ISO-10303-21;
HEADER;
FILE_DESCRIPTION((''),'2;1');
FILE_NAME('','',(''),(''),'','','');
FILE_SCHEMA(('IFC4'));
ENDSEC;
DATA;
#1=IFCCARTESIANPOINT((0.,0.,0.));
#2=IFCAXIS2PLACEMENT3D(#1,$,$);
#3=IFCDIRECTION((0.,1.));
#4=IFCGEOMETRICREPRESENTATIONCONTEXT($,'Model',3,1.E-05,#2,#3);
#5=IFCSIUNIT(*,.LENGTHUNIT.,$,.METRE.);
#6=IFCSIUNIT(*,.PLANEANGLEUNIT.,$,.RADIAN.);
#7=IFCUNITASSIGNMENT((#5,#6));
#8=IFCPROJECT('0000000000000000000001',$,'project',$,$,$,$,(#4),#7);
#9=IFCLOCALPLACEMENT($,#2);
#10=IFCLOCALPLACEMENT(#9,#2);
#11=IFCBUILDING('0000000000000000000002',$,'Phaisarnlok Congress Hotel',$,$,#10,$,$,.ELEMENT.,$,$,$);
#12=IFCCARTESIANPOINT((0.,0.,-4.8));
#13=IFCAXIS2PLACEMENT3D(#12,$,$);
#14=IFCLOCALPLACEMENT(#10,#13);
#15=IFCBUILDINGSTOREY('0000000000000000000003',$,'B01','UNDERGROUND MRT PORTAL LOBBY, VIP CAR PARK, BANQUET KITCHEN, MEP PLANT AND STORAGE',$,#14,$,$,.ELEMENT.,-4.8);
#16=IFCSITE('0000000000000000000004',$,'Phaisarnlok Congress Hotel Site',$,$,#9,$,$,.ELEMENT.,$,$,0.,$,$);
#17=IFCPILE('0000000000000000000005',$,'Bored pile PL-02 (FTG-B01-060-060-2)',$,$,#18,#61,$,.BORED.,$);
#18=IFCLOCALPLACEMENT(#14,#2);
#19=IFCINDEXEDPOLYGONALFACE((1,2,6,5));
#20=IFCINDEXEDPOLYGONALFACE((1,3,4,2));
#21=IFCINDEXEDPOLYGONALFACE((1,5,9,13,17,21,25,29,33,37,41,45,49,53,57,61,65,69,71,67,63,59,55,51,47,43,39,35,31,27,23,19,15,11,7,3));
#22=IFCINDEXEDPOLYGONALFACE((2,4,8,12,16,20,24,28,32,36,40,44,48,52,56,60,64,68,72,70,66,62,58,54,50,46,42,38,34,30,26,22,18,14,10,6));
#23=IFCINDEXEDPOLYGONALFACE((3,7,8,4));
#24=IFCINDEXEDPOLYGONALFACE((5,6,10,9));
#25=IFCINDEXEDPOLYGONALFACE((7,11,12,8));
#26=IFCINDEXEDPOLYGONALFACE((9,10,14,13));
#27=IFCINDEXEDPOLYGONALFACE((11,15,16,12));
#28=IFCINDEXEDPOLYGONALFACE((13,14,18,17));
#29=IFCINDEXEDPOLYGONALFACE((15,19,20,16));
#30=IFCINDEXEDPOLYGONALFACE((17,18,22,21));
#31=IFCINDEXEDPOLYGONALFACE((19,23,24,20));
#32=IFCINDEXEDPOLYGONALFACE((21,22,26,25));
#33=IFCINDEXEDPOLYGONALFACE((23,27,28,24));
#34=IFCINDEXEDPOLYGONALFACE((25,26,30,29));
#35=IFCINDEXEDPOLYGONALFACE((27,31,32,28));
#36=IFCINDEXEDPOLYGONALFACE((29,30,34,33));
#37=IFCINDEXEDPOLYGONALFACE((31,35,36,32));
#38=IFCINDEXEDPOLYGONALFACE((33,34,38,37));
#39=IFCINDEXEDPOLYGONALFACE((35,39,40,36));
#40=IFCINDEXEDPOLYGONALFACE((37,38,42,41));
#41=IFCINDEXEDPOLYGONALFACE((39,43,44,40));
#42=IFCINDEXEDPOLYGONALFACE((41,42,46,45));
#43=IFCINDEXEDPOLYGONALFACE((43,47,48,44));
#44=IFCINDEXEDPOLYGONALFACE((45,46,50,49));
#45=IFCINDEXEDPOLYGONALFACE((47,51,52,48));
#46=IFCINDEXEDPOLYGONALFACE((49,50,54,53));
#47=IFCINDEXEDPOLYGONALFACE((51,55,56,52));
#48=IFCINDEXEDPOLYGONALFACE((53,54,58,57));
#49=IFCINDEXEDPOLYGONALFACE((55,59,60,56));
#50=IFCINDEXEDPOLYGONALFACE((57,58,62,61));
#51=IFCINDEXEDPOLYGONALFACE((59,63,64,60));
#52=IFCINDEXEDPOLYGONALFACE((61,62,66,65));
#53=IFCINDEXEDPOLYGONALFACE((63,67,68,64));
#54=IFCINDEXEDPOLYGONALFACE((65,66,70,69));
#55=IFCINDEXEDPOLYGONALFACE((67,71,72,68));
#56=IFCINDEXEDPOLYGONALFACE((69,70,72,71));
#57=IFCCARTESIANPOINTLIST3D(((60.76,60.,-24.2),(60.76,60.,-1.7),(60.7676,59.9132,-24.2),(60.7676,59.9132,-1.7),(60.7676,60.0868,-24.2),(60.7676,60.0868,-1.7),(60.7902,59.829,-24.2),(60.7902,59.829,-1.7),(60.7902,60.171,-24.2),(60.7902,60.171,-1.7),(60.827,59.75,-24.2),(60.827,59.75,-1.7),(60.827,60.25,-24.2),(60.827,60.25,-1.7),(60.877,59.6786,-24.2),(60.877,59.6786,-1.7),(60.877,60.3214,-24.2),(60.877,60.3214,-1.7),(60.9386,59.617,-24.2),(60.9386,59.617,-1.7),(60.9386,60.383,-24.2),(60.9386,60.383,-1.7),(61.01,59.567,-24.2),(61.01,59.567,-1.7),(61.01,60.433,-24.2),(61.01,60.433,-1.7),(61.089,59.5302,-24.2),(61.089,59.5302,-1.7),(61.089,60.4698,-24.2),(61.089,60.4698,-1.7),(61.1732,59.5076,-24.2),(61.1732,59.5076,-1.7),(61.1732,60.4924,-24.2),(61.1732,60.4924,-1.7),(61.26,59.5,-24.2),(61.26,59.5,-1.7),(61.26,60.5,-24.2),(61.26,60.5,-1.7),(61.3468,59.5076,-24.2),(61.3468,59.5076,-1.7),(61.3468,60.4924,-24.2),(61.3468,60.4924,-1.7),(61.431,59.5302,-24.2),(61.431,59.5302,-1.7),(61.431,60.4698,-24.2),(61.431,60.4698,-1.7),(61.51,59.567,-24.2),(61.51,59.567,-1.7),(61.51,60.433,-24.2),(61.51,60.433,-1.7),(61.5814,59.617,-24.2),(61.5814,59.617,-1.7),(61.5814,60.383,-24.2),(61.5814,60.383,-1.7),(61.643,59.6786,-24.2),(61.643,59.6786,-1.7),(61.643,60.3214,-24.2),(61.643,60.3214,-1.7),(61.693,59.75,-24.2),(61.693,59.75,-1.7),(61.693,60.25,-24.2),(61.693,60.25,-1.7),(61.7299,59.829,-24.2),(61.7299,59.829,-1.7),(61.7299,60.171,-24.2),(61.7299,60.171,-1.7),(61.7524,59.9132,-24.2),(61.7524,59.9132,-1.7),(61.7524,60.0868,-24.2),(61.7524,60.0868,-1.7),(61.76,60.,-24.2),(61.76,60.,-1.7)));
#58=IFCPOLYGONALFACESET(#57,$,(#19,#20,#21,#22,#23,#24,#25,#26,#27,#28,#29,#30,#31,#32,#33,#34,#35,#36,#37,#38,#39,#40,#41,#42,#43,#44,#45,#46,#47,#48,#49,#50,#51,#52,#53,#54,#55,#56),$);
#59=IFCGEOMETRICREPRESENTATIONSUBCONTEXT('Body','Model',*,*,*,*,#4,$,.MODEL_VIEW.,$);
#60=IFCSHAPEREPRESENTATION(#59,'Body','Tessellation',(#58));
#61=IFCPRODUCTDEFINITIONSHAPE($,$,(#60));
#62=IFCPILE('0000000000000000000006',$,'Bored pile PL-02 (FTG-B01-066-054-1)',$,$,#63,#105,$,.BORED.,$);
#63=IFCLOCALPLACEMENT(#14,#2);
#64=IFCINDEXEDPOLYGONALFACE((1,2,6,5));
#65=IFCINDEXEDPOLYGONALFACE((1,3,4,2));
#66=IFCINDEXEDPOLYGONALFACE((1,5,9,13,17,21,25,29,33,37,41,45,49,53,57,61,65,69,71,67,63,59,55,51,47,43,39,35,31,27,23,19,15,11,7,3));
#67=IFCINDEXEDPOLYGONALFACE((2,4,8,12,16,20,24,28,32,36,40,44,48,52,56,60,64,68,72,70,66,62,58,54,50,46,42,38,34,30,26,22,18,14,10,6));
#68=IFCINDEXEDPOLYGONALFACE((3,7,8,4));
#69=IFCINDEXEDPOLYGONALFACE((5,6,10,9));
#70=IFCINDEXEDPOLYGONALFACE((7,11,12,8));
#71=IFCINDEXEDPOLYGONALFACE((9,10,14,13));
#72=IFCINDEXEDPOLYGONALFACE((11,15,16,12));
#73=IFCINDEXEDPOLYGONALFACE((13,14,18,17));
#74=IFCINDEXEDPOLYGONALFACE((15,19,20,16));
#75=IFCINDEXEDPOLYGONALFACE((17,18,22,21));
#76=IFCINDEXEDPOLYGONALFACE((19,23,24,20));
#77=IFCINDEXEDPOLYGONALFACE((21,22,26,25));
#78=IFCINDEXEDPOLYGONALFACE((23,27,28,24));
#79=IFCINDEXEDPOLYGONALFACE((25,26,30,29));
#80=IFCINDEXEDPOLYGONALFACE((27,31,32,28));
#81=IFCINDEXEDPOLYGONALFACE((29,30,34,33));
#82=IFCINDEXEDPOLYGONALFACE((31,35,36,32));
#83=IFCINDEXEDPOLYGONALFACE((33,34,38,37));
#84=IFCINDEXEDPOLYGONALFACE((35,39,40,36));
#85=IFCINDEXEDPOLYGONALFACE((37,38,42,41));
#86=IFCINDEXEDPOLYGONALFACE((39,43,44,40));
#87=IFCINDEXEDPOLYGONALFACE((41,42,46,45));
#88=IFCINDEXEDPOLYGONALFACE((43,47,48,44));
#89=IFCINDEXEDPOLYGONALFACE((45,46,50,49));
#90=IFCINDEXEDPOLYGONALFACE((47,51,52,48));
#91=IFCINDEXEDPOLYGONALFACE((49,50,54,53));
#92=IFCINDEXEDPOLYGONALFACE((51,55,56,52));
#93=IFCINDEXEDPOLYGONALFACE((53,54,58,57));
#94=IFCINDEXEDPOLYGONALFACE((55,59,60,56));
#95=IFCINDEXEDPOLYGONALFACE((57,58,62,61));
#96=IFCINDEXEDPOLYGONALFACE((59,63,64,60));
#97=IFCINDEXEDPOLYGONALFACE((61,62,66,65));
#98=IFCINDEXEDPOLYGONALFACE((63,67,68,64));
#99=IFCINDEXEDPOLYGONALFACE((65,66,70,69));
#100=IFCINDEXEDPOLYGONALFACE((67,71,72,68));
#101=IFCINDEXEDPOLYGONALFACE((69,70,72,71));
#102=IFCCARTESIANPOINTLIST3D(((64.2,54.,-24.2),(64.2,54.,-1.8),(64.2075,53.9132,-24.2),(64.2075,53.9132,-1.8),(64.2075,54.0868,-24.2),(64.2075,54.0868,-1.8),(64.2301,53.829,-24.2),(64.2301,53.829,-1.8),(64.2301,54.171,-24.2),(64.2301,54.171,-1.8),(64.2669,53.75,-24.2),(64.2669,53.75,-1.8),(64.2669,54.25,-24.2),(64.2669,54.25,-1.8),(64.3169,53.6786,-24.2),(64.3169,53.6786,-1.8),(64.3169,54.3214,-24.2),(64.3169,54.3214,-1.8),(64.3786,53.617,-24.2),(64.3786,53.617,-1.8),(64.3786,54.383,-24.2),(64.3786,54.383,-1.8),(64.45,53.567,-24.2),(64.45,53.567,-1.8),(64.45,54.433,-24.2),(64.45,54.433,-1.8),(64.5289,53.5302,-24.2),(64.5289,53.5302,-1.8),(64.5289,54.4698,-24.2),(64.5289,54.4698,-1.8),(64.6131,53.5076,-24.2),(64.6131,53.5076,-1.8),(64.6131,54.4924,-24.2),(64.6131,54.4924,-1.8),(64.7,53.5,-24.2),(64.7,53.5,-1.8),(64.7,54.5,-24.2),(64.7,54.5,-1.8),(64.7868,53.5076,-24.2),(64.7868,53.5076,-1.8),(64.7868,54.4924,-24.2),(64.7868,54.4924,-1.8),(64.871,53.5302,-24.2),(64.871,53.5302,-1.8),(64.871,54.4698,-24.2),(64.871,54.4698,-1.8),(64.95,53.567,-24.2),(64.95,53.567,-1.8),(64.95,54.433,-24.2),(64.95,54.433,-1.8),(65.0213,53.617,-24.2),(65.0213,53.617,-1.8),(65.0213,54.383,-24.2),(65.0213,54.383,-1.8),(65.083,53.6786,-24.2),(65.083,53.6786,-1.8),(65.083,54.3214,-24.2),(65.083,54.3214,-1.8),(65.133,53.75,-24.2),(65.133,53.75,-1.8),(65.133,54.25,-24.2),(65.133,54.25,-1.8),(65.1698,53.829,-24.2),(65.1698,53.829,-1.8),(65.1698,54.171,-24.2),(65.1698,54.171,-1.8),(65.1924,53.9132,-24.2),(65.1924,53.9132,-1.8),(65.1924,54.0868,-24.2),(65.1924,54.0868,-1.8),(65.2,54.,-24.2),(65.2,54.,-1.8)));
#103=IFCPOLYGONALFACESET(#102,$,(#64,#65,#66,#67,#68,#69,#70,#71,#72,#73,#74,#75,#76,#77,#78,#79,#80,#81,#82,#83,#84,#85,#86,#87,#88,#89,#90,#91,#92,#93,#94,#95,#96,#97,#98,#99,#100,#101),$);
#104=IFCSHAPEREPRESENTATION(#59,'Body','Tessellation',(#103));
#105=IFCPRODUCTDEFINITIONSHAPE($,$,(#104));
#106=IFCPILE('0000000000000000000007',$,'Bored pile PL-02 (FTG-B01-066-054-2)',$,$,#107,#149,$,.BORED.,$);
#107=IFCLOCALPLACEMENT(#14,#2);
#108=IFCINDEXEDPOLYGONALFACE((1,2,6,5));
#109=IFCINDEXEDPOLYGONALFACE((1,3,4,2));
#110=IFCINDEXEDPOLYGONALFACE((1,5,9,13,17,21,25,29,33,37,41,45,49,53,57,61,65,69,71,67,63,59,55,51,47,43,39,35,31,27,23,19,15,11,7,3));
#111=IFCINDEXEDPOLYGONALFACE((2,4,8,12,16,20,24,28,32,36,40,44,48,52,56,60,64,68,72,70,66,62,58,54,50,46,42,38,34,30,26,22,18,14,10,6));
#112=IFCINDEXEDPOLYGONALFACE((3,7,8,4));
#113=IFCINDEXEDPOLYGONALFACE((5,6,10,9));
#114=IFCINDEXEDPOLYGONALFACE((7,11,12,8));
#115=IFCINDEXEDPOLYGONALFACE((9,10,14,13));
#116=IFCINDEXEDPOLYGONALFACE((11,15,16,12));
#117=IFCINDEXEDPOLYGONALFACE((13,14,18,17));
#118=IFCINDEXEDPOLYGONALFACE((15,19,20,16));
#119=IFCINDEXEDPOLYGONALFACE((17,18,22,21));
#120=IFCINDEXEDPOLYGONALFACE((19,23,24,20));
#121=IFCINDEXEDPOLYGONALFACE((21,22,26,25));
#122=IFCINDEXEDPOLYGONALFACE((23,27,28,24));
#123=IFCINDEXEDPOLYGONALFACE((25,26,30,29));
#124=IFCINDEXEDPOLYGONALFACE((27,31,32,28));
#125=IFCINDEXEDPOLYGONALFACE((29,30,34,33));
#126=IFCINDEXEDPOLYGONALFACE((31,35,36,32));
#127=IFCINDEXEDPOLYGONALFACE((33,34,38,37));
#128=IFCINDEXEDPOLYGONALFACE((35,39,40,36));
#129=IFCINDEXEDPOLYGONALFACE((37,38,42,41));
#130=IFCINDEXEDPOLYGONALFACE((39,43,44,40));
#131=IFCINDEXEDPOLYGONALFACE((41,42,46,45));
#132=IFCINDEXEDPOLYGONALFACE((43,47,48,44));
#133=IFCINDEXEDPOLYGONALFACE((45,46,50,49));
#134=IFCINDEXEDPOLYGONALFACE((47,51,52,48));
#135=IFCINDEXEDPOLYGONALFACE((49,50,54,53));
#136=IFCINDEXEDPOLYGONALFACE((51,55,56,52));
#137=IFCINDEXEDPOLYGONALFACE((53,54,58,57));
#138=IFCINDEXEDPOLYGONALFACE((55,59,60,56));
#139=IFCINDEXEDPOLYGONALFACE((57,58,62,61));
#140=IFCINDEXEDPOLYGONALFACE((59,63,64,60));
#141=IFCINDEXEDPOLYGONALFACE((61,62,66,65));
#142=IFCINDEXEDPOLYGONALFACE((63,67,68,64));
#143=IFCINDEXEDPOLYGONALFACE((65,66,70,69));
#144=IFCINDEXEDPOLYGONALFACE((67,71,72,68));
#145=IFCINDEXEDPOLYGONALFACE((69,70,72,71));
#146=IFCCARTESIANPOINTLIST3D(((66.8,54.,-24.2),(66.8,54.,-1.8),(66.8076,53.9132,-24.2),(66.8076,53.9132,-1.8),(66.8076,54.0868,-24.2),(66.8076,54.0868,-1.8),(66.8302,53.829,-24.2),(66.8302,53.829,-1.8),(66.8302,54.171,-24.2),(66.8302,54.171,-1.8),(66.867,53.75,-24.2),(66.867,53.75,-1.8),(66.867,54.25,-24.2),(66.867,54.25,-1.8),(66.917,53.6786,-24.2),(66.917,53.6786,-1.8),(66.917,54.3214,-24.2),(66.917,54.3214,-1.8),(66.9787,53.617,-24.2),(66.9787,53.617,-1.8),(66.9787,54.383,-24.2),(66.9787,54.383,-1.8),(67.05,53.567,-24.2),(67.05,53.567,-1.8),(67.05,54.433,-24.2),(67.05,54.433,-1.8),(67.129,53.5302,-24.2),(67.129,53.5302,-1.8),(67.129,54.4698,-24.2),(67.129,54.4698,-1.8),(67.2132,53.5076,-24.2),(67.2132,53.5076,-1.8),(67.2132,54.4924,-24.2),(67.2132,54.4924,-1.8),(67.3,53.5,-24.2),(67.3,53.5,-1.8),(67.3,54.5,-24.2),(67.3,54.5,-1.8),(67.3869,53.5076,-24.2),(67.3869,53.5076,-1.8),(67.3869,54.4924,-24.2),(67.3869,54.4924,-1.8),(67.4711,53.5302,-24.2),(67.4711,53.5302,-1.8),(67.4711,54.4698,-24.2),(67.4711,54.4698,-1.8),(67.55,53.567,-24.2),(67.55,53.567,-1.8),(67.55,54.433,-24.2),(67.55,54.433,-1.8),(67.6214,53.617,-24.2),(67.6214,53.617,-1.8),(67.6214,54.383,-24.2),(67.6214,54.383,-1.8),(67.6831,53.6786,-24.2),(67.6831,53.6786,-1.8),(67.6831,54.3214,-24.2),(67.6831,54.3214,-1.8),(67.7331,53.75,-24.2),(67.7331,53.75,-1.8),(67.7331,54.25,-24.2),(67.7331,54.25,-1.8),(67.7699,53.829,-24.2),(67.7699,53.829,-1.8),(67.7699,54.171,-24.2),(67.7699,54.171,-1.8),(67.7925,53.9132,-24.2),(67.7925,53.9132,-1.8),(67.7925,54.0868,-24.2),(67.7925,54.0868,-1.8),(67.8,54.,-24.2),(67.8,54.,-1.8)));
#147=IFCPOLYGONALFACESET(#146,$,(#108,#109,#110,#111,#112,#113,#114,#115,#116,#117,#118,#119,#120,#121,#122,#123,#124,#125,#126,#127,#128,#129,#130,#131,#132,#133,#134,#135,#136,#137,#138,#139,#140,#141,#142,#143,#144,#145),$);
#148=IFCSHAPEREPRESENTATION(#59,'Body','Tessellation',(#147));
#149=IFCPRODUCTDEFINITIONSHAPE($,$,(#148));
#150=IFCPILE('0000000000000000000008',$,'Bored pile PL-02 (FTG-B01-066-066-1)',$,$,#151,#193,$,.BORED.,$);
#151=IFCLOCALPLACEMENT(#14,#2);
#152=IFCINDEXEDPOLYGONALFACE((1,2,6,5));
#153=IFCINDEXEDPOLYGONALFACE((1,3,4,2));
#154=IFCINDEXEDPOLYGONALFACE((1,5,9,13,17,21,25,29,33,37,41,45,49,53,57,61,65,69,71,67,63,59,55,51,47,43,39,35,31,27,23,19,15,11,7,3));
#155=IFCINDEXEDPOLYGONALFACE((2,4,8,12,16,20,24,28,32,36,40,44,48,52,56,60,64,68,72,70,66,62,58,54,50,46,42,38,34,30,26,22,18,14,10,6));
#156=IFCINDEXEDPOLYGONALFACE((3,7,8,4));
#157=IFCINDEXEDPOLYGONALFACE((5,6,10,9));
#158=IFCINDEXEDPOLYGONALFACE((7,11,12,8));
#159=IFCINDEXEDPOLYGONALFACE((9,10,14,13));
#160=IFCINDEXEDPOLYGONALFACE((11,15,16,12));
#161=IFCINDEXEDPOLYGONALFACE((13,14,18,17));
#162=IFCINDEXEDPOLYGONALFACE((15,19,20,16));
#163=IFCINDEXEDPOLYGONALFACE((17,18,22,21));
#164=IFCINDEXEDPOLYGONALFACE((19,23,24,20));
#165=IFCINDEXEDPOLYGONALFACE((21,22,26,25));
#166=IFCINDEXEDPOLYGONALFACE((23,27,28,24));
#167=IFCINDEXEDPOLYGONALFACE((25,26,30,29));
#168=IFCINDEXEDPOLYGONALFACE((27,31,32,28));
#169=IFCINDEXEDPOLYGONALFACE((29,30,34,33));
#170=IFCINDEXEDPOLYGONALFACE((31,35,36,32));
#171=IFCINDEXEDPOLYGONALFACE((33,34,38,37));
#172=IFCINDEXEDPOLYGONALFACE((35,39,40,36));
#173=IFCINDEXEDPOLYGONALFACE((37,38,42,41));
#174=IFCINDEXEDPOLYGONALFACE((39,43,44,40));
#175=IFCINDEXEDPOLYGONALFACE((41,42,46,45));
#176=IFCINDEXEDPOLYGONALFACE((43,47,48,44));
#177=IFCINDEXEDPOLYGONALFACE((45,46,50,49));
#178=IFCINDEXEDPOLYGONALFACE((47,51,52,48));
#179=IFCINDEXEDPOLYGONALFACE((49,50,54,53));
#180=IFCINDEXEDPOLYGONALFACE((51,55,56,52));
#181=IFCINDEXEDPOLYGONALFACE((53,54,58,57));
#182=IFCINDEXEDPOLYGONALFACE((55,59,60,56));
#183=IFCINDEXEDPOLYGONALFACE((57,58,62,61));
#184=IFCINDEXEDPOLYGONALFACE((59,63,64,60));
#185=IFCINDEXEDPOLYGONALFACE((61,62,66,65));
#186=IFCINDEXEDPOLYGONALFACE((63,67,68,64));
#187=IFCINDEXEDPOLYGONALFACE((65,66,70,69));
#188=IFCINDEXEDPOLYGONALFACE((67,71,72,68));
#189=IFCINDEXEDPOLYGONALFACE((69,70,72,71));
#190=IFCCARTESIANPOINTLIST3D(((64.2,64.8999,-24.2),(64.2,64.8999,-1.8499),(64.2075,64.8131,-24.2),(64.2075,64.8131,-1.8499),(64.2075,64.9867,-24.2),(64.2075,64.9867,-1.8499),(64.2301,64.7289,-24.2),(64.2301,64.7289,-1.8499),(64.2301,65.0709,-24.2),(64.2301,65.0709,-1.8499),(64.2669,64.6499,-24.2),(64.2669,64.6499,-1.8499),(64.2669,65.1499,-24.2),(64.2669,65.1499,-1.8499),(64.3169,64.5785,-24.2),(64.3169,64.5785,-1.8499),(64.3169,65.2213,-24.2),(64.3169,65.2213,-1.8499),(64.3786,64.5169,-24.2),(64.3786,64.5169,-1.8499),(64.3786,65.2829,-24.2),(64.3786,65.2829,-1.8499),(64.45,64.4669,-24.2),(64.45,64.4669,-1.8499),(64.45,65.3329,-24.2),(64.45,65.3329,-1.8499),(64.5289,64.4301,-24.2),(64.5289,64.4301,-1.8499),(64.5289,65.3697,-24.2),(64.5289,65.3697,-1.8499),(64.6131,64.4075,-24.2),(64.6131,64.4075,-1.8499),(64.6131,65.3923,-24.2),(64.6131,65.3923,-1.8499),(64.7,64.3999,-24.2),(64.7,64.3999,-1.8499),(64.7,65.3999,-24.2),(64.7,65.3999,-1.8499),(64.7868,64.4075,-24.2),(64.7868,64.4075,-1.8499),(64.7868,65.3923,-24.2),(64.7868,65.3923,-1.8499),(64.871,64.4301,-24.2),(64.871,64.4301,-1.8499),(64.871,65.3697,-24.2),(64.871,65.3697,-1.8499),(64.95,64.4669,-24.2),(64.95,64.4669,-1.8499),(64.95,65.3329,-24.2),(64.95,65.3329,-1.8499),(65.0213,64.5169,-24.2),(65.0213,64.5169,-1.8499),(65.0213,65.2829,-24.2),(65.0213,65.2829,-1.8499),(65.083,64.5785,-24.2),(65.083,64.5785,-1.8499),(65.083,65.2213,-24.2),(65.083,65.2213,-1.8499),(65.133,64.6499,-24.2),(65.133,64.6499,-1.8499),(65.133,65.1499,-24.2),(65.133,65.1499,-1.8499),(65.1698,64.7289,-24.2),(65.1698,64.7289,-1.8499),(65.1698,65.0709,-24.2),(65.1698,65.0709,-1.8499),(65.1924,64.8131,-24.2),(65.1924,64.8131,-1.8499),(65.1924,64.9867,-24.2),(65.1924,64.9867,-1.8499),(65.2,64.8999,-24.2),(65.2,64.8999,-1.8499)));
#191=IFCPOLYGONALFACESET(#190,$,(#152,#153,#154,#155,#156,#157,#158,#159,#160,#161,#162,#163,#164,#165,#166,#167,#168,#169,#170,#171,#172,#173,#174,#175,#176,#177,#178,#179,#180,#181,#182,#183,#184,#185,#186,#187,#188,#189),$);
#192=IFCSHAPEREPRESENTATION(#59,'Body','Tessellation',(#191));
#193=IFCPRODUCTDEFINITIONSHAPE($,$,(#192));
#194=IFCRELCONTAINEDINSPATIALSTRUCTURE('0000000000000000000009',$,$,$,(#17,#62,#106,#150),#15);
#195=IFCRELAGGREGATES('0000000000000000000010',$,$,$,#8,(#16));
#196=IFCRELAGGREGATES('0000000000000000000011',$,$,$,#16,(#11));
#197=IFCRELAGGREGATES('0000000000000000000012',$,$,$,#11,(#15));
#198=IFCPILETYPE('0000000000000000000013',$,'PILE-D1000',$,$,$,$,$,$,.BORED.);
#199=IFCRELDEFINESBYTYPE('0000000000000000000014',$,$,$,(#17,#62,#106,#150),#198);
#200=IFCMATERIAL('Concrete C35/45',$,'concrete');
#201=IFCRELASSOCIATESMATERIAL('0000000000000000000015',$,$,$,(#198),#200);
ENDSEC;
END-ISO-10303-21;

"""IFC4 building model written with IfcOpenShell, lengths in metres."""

from ifc_helpers import new_model, si_unit, direction, frame, origin, origin_2d, place, context, subcontext, project, spatial, circle, extrude, material, material_profile, profile_set, type_object, element, save


model = new_model("IFC4")

# Units and contexts
model_context = context("Model", 3, precision=1e-05, world=origin(), true_north=direction((0.0, 1.0)))
body_context = subcontext(model_context, "Body", "Model", "MODEL_VIEW")
ifc_project = project(units=[si_unit("LENGTHUNIT", "METRE"), si_unit("PLANEANGLEUNIT", "RADIAN")], contexts=[model_context])

# Site, building, storey
site_placement = place(None, origin())
site = spatial("IfcSite", under=ifc_project, at=site_placement, Name="Phaisarnlok Congress Hotel Site", CompositionType="ELEMENT", RefElevation=0.0)
building_placement = place(site_placement, origin())
building = spatial("IfcBuilding", under=site, at=building_placement, Name="Phaisarnlok Congress Hotel", CompositionType="ELEMENT")
storey_placement = place(building_placement, frame((0.0, 0.0, -4.8)))
storey = spatial("IfcBuildingStorey", under=building, at=storey_placement, Name="B01", Description="UNDERGROUND MRT PORTAL LOBBY, VIP CAR PARK, BANQUET KITCHEN, MEP PLANT AND STORAGE", CompositionType="ELEMENT", Elevation=-4.8)

# Piles
ifc_material_1 = material(Name="Concrete C35/45", Category="concrete")
ifc_material_profile_1 = material_profile(ifc_material_1, circle(Radius=0.5, at=origin_2d()), Name="BORED PILE D1000")
ifc_profile_set_1 = profile_set([ifc_material_profile_1], Name="Concrete C35/45")
pile_type_1 = type_object("IfcPileType", Name="PILE-D1000", PredefinedType="BORED", material=ifc_profile_set_1)
pile_1_placement = place(storey_placement, frame((61.26, 60.0, -1.7), z_axis=(0.0, 0.0, -1.0), x_axis=(1.0, 0.0, 0.0)))
element("IfcPile", 1, at=pile_1_placement, inside=storey, type_object=pile_type_1, Name="Bored pile PL-02 (FTG-B01-060-060-2)", PredefinedType="BORED", context=body_context, shape_type="SweptSolid", body=[
    extrude(circle(Radius=0.5, at=origin_2d()), origin(), (0.0, 0.0, 1.0), 22.5),
])
for number, where, z_axis, x_axis, name in (
    (2, (64.7, 54.0, -1.8), (0.0, 0.0, -1.0), (1.0, 0.0, 0.0), "Bored pile PL-02 (FTG-B01-066-054-1)"),
    (3, (67.3, 54.0, -1.8), (0.0, 0.0, -1.0), (1.0, 0.0, 0.0), "Bored pile PL-02 (FTG-B01-066-054-2)"),
):
    element("IfcPile", number, at=place(storey_placement, frame(where, z_axis=z_axis, x_axis=x_axis)), inside=storey, type_object=pile_type_1, Name=name, PredefinedType="BORED", context=body_context, shape_type="SweptSolid", body=[
        extrude(circle(Radius=0.5, at=origin_2d()), origin(), (0.0, 0.0, 1.0), 22.3999),
    ])
for number, where, z_axis, x_axis, name in (
    (4, (64.7, 64.8999, -1.8499), (0.0, 0.0, -1.0), (1.0, 0.0, 0.0), "Bored pile PL-02 (FTG-B01-066-066-1)"),
):
    element("IfcPile", number, at=place(storey_placement, frame(where, z_axis=z_axis, x_axis=x_axis)), inside=storey, type_object=pile_type_1, Name=name, PredefinedType="BORED", context=body_context, shape_type="SweptSolid", body=[
        extrude(circle(Radius=0.5, at=origin_2d()), origin(), (0.0, 0.0, 1.0), 22.3501),
    ])

save(model, "model.ifc")
